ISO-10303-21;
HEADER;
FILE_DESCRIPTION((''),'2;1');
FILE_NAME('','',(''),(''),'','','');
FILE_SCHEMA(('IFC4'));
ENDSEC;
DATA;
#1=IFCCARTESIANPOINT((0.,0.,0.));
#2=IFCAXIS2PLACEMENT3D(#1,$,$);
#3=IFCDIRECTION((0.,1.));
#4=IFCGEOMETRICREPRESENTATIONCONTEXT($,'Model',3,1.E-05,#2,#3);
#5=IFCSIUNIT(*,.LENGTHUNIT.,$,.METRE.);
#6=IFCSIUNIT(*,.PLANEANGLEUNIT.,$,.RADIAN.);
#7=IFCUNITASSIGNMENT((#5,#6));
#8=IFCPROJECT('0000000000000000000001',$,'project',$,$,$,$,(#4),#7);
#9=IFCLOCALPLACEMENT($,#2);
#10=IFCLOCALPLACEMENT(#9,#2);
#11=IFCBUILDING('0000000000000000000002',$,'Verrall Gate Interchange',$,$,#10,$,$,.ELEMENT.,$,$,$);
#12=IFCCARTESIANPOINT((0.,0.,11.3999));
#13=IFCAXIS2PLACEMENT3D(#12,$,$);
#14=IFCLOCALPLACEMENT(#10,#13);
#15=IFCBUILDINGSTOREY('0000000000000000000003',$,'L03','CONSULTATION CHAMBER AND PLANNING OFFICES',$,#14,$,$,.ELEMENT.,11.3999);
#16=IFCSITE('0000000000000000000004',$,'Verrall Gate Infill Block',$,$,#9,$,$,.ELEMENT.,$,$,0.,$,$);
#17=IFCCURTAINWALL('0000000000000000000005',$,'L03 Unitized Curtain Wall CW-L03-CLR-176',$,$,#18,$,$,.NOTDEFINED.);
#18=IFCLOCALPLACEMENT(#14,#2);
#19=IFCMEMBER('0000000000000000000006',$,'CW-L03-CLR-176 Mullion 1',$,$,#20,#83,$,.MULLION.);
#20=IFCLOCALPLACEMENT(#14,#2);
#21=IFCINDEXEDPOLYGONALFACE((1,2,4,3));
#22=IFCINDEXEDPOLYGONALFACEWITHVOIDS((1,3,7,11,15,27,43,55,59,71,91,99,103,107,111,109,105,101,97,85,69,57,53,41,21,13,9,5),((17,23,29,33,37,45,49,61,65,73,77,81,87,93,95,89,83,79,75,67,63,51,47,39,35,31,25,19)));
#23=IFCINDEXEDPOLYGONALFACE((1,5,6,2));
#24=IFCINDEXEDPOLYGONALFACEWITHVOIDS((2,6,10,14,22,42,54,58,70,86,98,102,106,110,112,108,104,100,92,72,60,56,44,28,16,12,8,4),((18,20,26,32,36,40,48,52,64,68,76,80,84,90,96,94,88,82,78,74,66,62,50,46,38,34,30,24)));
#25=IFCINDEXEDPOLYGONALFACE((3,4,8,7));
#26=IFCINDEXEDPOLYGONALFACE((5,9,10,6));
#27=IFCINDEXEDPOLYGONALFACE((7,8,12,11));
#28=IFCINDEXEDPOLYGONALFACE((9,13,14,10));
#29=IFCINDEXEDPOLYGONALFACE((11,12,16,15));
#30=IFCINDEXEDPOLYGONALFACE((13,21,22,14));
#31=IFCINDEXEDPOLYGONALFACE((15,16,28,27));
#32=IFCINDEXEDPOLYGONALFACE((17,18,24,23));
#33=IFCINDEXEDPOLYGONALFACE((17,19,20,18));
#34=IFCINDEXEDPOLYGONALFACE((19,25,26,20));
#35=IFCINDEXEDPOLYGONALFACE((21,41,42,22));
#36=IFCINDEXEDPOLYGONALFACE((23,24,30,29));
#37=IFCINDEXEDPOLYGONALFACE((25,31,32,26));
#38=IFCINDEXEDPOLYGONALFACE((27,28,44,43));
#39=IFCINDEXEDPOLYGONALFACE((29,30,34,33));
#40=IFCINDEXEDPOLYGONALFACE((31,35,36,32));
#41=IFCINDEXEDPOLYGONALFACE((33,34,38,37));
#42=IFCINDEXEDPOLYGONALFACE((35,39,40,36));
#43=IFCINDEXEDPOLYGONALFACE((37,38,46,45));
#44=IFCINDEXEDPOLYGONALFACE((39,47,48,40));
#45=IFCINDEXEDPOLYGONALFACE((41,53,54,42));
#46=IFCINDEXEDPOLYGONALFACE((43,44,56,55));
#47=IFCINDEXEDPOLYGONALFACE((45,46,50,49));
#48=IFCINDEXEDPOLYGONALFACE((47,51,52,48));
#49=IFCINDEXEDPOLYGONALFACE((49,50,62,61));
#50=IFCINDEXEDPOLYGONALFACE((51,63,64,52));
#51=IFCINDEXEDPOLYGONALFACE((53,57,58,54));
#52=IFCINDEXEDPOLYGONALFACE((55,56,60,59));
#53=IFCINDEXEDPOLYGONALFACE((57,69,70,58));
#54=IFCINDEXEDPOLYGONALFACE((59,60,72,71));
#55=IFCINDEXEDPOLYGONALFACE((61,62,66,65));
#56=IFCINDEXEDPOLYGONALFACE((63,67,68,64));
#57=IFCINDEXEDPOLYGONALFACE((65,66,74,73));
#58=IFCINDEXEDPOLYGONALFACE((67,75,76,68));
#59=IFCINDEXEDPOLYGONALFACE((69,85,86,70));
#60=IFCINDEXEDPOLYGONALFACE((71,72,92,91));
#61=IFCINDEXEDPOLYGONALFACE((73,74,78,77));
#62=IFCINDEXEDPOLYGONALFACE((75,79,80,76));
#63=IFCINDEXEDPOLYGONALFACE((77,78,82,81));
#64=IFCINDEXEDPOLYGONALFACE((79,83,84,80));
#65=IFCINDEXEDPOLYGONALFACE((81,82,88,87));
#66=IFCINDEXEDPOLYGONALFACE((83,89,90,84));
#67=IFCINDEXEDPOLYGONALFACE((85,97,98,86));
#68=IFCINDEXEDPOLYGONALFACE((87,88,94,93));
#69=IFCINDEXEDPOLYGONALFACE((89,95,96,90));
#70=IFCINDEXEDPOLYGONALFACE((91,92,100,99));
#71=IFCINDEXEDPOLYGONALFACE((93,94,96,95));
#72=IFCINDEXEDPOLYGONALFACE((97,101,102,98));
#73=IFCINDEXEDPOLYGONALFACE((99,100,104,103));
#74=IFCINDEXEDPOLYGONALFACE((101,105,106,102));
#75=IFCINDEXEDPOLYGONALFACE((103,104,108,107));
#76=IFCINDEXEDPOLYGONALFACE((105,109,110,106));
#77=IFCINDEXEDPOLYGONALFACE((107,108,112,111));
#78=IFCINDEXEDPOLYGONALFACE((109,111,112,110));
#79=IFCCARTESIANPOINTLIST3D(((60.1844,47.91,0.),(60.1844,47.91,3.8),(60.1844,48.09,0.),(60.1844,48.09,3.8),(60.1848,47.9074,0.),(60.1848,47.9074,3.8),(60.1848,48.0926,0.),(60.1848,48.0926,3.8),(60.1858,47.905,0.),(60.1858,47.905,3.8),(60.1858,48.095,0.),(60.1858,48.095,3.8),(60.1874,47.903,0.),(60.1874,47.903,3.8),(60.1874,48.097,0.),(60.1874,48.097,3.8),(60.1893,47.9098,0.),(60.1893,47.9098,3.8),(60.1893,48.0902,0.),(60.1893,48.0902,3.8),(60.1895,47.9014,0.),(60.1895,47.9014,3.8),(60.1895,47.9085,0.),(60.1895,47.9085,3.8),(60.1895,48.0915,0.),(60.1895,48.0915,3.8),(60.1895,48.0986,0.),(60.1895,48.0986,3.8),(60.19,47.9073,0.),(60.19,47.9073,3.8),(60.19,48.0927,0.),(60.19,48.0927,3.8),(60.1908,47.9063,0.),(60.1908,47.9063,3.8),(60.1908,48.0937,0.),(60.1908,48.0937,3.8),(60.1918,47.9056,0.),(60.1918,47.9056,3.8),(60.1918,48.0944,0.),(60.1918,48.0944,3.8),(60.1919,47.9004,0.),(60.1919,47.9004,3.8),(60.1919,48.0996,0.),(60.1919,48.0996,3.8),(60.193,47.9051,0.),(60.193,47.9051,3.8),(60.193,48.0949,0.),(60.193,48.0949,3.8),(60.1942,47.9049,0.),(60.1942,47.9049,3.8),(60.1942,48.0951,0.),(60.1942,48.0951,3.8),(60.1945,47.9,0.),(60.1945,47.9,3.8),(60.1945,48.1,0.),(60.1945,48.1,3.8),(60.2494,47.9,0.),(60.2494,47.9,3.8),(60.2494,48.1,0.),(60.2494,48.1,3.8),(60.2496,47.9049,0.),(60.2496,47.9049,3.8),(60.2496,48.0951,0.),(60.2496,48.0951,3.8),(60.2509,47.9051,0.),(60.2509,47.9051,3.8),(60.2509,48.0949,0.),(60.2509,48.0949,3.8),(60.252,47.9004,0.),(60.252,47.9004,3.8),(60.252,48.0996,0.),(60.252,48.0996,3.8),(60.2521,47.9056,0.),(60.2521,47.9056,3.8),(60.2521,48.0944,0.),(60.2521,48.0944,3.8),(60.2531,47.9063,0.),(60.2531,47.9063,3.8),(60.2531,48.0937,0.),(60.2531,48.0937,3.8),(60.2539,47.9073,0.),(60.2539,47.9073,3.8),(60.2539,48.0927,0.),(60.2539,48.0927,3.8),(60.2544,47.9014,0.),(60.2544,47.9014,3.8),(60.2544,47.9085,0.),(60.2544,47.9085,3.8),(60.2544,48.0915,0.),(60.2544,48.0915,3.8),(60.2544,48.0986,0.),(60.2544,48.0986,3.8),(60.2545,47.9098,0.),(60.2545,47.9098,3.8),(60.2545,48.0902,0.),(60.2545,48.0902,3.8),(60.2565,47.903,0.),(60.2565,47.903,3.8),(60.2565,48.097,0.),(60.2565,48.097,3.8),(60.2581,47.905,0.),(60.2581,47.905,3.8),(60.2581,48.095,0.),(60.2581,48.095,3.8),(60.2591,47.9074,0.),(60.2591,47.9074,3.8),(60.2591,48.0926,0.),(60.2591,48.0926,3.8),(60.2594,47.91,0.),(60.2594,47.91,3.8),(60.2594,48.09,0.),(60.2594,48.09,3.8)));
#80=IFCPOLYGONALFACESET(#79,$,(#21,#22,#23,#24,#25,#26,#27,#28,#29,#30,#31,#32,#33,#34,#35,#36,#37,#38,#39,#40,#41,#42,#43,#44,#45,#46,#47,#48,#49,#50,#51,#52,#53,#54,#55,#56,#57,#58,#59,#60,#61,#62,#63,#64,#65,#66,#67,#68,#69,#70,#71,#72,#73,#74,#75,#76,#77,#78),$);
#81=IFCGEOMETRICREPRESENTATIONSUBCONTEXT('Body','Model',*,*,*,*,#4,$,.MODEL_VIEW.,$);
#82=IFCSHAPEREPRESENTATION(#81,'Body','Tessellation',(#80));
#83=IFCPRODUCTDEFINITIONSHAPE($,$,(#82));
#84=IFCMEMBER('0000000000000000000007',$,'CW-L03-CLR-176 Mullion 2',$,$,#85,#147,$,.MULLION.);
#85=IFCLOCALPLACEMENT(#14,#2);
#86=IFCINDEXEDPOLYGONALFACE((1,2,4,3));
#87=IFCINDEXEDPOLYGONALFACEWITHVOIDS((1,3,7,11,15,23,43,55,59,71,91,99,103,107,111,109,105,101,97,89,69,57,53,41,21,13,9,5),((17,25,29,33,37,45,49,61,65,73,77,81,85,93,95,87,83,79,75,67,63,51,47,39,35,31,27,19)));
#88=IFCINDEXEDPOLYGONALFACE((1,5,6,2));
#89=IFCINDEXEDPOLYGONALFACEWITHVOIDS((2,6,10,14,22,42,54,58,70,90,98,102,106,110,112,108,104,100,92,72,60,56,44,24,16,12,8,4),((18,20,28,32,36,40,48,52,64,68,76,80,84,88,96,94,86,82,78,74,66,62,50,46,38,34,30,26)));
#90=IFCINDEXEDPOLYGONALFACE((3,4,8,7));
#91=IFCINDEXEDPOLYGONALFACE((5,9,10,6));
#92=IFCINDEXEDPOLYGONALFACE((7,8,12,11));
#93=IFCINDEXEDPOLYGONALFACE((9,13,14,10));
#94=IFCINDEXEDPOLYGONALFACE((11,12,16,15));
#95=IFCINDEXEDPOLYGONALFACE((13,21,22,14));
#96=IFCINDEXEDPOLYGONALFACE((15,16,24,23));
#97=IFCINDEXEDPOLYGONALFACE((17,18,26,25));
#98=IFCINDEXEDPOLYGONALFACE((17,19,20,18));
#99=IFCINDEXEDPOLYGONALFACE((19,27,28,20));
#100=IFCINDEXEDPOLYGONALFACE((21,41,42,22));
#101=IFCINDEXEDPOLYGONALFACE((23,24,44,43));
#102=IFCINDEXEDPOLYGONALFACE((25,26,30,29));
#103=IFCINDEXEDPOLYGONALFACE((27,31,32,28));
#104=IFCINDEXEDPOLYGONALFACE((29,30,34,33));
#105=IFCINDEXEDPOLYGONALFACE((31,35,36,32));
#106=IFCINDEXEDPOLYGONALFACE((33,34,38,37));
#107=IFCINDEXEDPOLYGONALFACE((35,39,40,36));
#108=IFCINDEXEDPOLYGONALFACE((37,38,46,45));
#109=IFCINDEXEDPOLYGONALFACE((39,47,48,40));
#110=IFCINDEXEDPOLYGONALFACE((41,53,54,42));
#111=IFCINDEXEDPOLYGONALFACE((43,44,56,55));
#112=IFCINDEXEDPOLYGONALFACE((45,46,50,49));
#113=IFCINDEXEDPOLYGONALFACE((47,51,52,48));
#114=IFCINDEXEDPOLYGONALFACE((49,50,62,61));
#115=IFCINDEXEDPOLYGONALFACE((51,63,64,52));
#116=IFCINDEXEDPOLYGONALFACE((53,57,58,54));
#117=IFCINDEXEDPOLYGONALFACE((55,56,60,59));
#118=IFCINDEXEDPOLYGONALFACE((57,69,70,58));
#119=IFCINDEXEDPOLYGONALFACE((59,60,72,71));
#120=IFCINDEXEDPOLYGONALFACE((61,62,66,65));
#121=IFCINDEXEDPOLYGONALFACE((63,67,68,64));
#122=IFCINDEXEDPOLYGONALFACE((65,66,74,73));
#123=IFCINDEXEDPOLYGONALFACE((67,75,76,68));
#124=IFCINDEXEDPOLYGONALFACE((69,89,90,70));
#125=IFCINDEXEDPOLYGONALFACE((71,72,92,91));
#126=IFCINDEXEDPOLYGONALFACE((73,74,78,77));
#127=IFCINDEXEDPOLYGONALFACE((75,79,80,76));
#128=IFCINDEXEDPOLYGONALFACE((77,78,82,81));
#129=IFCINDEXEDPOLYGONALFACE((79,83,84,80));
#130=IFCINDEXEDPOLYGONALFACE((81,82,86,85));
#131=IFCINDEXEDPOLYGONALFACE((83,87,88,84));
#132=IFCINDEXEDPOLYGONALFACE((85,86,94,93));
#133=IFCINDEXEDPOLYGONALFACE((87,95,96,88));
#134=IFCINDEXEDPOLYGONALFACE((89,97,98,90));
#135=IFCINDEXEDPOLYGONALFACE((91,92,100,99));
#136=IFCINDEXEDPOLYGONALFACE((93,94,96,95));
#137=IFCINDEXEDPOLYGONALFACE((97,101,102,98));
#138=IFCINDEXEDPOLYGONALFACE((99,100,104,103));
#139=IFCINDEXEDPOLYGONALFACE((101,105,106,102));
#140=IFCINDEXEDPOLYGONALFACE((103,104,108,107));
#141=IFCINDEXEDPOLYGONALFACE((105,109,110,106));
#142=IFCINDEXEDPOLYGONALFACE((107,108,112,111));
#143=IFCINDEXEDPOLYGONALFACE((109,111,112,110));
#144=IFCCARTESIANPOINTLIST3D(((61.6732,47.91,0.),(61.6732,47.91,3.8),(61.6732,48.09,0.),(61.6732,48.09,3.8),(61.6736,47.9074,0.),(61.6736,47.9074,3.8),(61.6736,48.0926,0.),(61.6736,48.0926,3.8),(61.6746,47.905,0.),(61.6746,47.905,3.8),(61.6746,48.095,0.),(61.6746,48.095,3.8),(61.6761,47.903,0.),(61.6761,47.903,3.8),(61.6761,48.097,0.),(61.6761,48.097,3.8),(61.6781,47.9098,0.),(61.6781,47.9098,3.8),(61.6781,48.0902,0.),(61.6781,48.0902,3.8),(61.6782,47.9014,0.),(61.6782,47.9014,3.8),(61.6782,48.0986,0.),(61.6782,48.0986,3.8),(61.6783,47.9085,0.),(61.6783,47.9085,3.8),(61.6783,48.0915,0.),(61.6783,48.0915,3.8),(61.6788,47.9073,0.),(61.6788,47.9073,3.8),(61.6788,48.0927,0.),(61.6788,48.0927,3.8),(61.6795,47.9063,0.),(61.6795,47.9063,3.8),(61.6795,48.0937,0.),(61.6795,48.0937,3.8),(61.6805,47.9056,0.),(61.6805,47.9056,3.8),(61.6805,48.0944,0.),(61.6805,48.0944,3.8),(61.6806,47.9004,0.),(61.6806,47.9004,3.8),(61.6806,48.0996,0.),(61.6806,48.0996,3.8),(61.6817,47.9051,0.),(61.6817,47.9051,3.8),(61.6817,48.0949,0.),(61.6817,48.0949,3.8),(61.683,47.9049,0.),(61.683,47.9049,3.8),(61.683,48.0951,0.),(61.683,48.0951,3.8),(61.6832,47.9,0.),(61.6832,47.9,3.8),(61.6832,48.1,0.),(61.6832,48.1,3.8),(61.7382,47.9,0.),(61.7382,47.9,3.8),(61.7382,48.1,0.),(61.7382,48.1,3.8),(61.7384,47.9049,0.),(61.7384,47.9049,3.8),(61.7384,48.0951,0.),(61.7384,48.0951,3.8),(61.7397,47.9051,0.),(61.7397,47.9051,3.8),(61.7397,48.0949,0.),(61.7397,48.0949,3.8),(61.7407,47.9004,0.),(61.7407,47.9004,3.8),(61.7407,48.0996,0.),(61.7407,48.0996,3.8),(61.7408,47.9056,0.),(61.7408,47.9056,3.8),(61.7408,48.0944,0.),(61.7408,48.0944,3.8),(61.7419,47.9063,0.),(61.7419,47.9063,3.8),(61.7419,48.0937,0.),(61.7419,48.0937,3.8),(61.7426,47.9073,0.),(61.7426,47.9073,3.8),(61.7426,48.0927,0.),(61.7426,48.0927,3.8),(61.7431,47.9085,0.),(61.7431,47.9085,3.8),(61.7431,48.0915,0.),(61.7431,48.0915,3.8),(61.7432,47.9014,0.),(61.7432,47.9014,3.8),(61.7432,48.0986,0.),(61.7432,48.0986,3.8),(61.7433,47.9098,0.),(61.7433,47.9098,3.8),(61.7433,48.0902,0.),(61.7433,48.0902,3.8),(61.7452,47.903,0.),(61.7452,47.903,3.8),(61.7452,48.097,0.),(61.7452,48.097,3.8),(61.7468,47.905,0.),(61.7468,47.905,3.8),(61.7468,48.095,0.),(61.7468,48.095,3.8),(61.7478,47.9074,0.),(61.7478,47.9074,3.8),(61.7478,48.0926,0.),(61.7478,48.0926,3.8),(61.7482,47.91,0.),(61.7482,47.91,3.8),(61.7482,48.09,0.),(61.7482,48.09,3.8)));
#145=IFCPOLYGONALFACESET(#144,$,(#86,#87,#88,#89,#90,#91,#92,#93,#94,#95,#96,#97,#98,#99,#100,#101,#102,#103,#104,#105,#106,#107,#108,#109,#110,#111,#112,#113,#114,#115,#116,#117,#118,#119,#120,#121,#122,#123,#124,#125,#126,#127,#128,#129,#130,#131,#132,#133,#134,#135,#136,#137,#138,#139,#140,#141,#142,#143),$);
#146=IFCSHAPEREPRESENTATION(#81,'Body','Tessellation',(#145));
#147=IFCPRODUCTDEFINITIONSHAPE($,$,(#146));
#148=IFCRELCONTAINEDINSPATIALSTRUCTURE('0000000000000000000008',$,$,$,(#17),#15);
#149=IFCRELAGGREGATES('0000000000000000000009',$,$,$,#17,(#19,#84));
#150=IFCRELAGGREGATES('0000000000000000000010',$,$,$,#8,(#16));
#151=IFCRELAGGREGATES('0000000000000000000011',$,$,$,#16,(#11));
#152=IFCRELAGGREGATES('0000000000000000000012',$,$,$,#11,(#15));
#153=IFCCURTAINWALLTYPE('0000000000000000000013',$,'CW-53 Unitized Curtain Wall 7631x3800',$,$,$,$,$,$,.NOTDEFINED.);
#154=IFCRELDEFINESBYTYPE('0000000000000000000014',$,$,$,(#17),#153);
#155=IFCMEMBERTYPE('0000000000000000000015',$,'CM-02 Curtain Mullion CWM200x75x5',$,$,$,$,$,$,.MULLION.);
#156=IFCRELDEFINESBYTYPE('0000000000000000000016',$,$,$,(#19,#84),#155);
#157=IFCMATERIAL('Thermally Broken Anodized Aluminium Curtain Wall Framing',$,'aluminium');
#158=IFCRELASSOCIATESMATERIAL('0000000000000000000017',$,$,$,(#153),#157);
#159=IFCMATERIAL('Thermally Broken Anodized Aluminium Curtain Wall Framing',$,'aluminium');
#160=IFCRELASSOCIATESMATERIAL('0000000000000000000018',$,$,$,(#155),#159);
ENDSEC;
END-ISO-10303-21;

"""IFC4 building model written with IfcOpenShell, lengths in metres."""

from ifc_helpers import new_model, si_unit, direction, frame, origin, origin_2d, place, context, subcontext, project, spatial, hollow_rectangle, extrude, material, material_profile, profile_set, type_object, element, aggregate, save


model = new_model("IFC4")

# Units and contexts
model_context = context("Model", 3, precision=1e-05, world=origin(), true_north=direction((0.0, 1.0)))
body_context = subcontext(model_context, "Body", "Model", "MODEL_VIEW")
ifc_project = project(units=[si_unit("LENGTHUNIT", "METRE"), si_unit("PLANEANGLEUNIT", "RADIAN")], contexts=[model_context])

# Site, building, storey
site_placement = place(None, origin())
site = spatial("IfcSite", under=ifc_project, at=site_placement, Name="Verrall Gate Infill Block", CompositionType="ELEMENT", RefElevation=0.0)
building_placement = place(site_placement, origin())
building = spatial("IfcBuilding", under=site, at=building_placement, Name="Verrall Gate Interchange", CompositionType="ELEMENT")
storey_placement = place(building_placement, frame((0.0, 0.0, 11.3999)))
storey = spatial("IfcBuildingStorey", under=building, at=storey_placement, Name="L03", Description="CONSULTATION CHAMBER AND PLANNING OFFICES", CompositionType="ELEMENT", Elevation=11.3999)

# Curtain wall, members
ifc_material_1 = material(Name="Thermally Broken Anodized Aluminium Curtain Wall Framing", Category="aluminium")
curtain_wall_type = type_object("IfcCurtainWallType", Name="CW-53 Unitized Curtain Wall 7631x3800", PredefinedType="NOTDEFINED", material=ifc_material_1)
curtain_wall_1_placement = place(storey_placement, origin())
curtain_wall_1 = element("IfcCurtainWall", 1, at=curtain_wall_1_placement, inside=storey, type_object=curtain_wall_type, Name="L03 Unitized Curtain Wall CW-L03-CLR-176", PredefinedType="NOTDEFINED")
ifc_material_2 = material(Name="Thermally Broken Anodized Aluminium Curtain Wall Framing", Category="aluminium")
ifc_material_profile_1 = material_profile(ifc_material_2, hollow_rectangle(XDim=0.075, YDim=0.2, WallThickness=0.0049, InnerFilletRadius=0.0049, OuterFilletRadius=0.01, at=origin_2d()), Name="CWM200x75x5")
ifc_profile_set_1 = profile_set([ifc_material_profile_1], Name="Thermally Broken Anodized Aluminium Curtain Wall Framing")
member_type_1 = type_object("IfcMemberType", Name="CM-02 Curtain Mullion CWM200x75x5", PredefinedType="MULLION", material=ifc_profile_set_1)
member_1_placement = place(storey_placement, frame((60.2219, 48.0, 0.0), z_axis=(0.0, 0.0, 1.0), x_axis=(1.0, 0.0, 0.0)))
member_1 = element("IfcMember", 2, at=member_1_placement, type_object=member_type_1, Name="CW-L03-CLR-176 Mullion 1", PredefinedType="MULLION", context=body_context, shape_type="SweptSolid", body=[
    extrude(hollow_rectangle(XDim=0.075, YDim=0.2, WallThickness=0.0049, InnerFilletRadius=0.0049, OuterFilletRadius=0.01, at=origin_2d()), origin(), (0.0, 0.0, 1.0), 3.8),
])
member_2_placement = place(storey_placement, frame((61.7107, 48.0, 0.0), z_axis=(0.0, 0.0, 1.0), x_axis=(1.0, 0.0, 0.0)))
member_2 = element("IfcMember", 3, at=member_2_placement, type_object=member_type_1, Name="CW-L03-CLR-176 Mullion 2", PredefinedType="MULLION", context=body_context, shape_type="SweptSolid", body=[
    extrude(hollow_rectangle(XDim=0.075, YDim=0.2, WallThickness=0.0049, InnerFilletRadius=0.0049, OuterFilletRadius=0.01, at=origin_2d()), origin(), (0.0, 0.0, 1.0), 3.8),
])

aggregate(curtain_wall_1, [member_1, member_2])

save(model, "model.ifc")
